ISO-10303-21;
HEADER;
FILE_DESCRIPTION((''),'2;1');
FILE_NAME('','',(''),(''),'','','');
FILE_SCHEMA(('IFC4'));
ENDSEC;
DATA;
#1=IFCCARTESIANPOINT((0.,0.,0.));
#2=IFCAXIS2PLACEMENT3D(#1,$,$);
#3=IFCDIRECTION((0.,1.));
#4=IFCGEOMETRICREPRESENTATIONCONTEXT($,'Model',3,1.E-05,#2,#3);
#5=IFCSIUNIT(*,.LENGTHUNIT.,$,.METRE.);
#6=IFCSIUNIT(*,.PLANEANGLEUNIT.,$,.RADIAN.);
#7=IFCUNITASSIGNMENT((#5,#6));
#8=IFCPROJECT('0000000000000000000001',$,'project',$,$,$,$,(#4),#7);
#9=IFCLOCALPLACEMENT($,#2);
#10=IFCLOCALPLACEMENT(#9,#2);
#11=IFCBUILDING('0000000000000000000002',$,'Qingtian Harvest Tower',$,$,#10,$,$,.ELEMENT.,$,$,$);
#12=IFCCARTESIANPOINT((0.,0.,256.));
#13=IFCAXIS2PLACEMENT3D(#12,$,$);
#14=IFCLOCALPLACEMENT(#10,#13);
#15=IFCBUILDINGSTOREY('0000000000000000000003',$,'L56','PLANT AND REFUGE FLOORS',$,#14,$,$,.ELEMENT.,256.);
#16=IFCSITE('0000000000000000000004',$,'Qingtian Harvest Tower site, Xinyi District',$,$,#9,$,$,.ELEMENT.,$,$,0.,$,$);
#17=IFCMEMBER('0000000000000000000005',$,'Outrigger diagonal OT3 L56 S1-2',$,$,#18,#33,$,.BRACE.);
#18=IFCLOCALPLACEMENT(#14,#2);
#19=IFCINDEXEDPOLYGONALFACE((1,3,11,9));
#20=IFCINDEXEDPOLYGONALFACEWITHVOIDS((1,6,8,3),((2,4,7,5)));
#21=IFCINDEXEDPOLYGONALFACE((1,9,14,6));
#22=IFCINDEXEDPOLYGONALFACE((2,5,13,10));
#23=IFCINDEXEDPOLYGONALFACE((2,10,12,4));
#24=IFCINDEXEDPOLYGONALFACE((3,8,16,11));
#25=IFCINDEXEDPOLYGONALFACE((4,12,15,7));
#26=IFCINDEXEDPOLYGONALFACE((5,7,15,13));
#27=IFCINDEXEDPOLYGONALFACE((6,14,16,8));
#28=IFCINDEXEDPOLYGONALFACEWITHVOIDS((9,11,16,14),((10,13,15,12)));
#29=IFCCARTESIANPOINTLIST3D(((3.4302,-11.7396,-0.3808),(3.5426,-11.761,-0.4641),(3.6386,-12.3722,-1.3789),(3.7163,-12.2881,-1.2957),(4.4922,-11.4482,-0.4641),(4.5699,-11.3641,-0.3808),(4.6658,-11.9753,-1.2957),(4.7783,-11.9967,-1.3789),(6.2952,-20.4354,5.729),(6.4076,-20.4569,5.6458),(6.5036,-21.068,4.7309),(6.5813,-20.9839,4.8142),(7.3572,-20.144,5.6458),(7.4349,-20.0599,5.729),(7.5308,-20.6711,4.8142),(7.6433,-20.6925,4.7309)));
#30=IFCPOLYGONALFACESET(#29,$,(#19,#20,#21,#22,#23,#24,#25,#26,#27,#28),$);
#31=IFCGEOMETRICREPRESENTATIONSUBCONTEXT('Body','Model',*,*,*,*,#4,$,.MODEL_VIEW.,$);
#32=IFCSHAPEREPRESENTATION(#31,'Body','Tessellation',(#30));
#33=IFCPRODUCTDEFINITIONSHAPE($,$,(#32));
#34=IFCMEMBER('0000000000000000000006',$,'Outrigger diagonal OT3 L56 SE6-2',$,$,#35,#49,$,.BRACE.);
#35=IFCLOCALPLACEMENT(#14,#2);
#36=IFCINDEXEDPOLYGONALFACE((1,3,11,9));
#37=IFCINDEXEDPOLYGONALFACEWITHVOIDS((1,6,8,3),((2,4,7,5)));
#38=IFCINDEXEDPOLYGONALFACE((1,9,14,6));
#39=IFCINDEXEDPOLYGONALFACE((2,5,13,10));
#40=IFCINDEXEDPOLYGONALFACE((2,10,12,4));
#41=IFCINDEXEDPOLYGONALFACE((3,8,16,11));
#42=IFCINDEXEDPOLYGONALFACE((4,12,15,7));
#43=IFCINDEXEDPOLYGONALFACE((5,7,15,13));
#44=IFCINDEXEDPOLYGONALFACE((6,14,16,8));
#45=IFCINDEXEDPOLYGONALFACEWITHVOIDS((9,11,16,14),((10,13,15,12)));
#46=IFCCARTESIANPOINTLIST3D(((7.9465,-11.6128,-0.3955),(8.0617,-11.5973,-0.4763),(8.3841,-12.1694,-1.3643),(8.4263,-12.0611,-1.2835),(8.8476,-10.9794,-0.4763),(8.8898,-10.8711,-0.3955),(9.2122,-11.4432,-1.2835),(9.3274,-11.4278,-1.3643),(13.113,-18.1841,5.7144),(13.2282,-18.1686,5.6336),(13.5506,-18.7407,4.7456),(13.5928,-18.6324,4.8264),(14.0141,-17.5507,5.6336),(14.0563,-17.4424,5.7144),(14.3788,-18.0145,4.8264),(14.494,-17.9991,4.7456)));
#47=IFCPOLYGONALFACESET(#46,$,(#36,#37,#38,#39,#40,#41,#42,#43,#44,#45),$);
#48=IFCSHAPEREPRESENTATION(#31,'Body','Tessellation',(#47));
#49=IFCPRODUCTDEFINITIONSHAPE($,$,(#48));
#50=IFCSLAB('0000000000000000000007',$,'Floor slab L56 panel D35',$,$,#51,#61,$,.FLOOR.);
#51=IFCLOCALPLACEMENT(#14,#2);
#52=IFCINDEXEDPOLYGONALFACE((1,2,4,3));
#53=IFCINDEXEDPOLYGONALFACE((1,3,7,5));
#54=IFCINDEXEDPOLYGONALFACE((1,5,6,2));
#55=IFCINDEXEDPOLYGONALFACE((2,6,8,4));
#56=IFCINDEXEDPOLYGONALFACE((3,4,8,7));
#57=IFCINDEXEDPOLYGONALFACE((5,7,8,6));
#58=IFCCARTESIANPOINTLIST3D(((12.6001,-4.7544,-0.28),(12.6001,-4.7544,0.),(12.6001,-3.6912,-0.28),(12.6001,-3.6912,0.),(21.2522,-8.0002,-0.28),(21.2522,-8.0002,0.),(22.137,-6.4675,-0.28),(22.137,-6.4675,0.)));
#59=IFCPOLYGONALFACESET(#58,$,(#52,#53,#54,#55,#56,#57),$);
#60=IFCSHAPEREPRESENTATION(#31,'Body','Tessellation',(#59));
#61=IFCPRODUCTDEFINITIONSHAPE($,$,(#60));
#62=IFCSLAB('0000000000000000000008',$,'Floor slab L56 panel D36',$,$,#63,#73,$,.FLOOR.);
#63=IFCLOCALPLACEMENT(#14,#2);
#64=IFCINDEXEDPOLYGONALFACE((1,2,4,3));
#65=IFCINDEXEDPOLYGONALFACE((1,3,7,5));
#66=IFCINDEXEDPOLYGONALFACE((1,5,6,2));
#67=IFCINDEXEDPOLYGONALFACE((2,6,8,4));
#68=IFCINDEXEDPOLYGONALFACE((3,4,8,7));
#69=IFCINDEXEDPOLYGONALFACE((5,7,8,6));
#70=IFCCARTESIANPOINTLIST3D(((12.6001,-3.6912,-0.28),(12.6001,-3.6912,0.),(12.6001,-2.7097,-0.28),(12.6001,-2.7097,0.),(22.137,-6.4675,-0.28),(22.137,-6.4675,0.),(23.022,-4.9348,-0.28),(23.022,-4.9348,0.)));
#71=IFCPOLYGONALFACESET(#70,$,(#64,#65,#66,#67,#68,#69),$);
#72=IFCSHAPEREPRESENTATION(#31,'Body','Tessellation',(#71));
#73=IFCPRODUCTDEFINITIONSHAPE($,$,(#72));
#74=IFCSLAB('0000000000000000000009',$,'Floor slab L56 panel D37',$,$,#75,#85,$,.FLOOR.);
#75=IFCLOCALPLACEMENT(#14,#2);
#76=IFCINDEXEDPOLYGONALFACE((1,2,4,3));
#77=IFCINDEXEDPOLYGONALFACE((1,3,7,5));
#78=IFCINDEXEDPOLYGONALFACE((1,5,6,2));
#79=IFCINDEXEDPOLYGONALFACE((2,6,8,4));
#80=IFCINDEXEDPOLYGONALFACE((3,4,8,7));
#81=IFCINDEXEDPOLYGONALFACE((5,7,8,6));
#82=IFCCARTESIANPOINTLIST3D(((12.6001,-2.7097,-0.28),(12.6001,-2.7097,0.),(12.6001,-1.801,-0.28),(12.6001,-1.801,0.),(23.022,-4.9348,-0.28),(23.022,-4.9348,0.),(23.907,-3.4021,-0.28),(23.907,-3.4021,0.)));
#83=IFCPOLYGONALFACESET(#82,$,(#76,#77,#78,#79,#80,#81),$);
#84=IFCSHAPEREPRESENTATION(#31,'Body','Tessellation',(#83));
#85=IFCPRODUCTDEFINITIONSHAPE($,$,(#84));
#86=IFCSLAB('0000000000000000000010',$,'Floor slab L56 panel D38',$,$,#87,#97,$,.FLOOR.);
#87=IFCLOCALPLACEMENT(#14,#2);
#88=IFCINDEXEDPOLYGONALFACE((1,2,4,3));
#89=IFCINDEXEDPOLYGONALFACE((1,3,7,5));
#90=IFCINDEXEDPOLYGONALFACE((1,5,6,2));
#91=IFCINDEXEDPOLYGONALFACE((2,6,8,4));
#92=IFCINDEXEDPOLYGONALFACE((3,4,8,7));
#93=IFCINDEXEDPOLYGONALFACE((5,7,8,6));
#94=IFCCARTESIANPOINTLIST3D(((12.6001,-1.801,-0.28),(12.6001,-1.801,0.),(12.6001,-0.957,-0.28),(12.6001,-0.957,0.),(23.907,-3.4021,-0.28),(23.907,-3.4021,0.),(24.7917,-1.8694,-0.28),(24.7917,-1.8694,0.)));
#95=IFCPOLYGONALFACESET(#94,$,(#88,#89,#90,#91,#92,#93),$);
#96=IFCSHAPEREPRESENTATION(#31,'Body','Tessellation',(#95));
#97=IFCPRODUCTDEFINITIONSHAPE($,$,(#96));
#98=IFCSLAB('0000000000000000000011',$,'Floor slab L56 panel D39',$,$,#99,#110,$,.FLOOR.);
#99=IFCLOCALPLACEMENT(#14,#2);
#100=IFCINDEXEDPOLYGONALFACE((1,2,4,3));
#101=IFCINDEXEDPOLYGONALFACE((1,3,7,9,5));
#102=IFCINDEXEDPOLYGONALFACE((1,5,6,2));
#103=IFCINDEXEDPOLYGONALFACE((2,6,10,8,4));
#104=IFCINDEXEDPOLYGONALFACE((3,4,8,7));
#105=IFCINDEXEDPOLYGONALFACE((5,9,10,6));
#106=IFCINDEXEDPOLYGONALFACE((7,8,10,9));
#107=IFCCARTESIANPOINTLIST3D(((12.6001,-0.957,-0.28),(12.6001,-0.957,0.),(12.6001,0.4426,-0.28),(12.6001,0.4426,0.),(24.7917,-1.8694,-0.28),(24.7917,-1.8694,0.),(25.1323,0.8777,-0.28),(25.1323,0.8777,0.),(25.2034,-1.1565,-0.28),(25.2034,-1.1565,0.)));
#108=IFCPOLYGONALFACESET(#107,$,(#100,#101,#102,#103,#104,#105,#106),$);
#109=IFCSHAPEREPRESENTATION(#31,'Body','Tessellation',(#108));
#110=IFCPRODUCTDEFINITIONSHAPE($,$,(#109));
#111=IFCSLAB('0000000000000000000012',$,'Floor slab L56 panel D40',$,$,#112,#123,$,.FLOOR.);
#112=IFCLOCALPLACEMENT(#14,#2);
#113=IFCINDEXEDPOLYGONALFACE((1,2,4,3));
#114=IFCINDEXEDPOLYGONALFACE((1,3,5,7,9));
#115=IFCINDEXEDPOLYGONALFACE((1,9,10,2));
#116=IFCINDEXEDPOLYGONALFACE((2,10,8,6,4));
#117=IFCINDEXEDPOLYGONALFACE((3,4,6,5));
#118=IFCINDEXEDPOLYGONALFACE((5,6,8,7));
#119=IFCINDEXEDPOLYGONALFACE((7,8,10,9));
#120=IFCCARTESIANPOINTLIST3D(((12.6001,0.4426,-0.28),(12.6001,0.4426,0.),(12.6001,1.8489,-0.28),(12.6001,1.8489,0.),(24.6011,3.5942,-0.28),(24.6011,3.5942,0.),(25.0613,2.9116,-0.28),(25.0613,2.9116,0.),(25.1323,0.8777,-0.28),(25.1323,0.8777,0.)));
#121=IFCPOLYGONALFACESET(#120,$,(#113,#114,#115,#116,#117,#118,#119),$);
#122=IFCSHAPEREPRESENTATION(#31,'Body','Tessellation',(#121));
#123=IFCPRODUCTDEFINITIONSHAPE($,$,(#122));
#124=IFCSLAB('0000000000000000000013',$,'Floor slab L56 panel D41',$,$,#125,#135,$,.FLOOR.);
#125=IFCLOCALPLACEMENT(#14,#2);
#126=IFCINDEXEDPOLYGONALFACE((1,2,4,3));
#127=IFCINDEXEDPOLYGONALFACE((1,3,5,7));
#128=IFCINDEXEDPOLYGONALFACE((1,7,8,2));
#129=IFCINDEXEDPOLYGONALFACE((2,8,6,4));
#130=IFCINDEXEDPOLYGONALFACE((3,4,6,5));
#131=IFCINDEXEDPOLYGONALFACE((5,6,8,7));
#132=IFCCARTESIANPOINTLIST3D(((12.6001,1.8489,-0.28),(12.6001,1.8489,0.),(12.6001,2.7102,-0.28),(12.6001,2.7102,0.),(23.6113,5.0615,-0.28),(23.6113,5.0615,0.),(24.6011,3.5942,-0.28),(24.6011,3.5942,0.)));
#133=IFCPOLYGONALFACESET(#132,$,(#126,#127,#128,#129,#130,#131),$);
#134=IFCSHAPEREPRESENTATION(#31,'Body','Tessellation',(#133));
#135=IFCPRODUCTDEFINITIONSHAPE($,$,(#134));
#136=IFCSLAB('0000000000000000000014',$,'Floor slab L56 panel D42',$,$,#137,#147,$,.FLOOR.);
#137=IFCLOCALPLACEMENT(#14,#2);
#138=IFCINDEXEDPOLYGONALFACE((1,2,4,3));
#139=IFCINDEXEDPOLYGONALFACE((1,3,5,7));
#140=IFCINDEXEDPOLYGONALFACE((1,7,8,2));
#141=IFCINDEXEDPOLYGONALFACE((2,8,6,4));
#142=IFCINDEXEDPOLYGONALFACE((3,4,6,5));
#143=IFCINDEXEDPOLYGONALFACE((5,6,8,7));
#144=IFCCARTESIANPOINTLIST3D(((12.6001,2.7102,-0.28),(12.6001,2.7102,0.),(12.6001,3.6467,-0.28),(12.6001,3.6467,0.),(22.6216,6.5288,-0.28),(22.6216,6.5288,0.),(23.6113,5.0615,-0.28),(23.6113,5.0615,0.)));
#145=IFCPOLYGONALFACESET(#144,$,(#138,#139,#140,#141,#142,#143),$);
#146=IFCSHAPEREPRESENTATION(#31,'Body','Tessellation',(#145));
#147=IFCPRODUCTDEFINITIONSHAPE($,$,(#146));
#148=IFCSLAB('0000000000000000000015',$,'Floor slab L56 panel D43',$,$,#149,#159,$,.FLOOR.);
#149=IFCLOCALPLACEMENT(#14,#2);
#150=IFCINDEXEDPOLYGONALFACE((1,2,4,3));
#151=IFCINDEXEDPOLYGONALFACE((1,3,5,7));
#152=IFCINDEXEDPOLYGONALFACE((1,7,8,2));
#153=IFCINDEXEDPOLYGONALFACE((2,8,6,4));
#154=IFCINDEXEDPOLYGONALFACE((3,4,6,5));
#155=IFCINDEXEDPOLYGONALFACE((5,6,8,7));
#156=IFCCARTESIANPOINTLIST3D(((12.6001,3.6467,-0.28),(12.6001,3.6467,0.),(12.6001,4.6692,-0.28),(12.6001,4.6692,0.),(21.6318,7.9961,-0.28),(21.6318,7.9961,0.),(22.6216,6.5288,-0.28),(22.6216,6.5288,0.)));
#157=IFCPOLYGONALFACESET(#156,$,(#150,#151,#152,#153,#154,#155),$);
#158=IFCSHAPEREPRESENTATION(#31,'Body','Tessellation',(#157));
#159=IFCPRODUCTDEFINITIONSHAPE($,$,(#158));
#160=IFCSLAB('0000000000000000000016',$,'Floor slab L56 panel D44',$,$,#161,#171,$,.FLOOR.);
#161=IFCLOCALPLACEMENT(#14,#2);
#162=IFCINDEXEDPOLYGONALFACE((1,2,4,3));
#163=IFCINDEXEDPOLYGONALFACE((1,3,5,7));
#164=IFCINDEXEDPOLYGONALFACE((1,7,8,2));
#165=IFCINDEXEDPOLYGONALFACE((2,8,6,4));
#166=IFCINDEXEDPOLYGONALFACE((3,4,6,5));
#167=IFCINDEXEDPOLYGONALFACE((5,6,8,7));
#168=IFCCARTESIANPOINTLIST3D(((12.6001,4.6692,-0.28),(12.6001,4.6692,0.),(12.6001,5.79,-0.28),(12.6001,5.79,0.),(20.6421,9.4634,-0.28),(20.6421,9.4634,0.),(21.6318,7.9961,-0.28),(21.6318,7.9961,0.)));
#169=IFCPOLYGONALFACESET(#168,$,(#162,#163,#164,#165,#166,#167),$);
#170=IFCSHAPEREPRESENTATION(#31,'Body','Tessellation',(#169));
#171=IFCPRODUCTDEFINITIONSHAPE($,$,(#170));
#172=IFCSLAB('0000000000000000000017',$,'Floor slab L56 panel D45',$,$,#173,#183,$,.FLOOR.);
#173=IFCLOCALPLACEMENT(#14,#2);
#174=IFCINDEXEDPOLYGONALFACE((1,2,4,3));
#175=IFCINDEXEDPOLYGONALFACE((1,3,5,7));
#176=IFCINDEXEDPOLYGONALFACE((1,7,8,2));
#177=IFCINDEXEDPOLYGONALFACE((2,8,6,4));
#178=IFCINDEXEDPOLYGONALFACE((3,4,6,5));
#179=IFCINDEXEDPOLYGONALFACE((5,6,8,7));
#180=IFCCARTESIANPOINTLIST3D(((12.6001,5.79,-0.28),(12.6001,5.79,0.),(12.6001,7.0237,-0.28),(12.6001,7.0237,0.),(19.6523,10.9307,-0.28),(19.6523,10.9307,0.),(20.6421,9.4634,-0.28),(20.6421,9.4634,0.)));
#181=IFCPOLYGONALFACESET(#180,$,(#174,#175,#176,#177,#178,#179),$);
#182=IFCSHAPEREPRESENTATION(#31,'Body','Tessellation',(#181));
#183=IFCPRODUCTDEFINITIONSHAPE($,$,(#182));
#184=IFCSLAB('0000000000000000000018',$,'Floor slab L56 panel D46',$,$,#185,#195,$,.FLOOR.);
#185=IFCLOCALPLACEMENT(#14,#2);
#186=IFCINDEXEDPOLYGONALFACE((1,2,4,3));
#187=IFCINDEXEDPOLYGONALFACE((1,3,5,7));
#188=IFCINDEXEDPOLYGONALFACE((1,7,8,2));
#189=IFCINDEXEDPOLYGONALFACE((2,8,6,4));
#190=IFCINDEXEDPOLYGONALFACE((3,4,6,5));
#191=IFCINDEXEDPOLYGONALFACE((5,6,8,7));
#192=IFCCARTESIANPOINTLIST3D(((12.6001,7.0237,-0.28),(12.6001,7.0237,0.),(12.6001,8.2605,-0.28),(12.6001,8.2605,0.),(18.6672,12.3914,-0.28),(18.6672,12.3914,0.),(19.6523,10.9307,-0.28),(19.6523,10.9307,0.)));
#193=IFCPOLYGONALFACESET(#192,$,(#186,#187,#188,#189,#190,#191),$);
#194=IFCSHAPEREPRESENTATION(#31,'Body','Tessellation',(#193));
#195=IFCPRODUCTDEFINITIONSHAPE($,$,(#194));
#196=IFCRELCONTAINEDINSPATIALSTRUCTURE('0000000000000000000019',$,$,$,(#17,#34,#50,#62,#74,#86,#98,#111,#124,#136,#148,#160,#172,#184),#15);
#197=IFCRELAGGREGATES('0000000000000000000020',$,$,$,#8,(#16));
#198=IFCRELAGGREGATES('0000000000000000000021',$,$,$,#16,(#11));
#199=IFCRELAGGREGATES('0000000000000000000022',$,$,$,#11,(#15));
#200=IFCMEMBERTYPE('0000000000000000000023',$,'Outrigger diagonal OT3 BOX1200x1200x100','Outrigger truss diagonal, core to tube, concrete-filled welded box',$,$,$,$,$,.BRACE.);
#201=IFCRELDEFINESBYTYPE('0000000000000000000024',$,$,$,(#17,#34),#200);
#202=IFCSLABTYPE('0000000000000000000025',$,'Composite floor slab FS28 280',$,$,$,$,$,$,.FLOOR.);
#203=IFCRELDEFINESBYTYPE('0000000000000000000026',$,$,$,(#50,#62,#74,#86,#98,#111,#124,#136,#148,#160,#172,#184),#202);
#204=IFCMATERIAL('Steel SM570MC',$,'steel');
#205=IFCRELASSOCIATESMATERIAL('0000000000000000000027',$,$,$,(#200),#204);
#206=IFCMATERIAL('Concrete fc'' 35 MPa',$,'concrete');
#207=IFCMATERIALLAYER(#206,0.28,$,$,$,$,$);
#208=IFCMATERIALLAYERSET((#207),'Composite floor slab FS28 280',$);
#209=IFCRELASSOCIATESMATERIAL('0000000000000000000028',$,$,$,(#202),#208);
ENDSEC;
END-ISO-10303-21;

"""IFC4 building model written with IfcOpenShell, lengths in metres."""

from ifc_helpers import new_model, si_unit, direction, frame, origin, origin_2d, place, context, subcontext, project, spatial, polyline, hollow_rectangle, outline, extrude, material, layer, layer_set, material_profile, profile_set, type_object, element, save


model = new_model("IFC4")

# Units and contexts
model_context = context("Model", 3, precision=1e-05, world=origin(), true_north=direction((0.0, 1.0)))
body_context = subcontext(model_context, "Body", "Model", "MODEL_VIEW")
ifc_project = project(units=[si_unit("LENGTHUNIT", "METRE"), si_unit("PLANEANGLEUNIT", "RADIAN")], contexts=[model_context])

# Site, building, storey
site_placement = place(None, origin())
site = spatial("IfcSite", under=ifc_project, at=site_placement, Name="Qingtian Harvest Tower site, Xinyi District", CompositionType="ELEMENT", RefElevation=0.0)
building_placement = place(site_placement, origin())
building = spatial("IfcBuilding", under=site, at=building_placement, Name="Qingtian Harvest Tower", CompositionType="ELEMENT")
storey_placement = place(building_placement, frame((0.0, 0.0, 256.0)))
storey = spatial("IfcBuildingStorey", under=building, at=storey_placement, Name="L56", Description="PLANT AND REFUGE FLOORS", CompositionType="ELEMENT", Elevation=256.0)

# Members
ifc_material_1 = material(Name="Steel SM570MC", Category="steel")
ifc_material_profile = material_profile(ifc_material_1, hollow_rectangle(XDim=1.2, YDim=1.2, WallThickness=0.1001, at=origin_2d()), Name="BOX1200x1200x100")
ifc_profile_set = profile_set([ifc_material_profile], Name="Steel SM570MC")
member_type = type_object("IfcMemberType", Name="Outrigger diagonal OT3 BOX1200x1200x100", Description="Outrigger truss diagonal, core to tube, concrete-filled welded box", PredefinedType="BRACE", material=ifc_profile_set)
member_1_placement = place(storey_placement, frame((4.1042, -11.8682, -0.8799), z_axis=(0.260286, -0.79002, 0.555085), x_axis=(0.949779, 0.312922, 0.0)))
element("IfcMember", 1, at=member_1_placement, inside=storey, type_object=member_type, Name="Outrigger diagonal OT3 L56 S1-2", PredefinedType="BRACE", context=body_context, shape_type="SweptSolid", body=[
    extrude(hollow_rectangle(XDim=1.2, YDim=1.2, WallThickness=0.1001, at=origin_2d()), origin(), (0.0, 0.0, 1.0), 11.0071),
])
member_2_placement = place(storey_placement, frame((8.637, -11.5203, -0.8799), z_axis=(0.498987, -0.634663, 0.590098), x_axis=(0.786124, 0.618069, 0.0)))
element("IfcMember", 2, at=member_2_placement, inside=storey, type_object=member_type, Name="Outrigger diagonal OT3 L56 SE6-2", PredefinedType="BRACE", context=body_context, shape_type="SweptSolid", body=[
    extrude(hollow_rectangle(XDim=1.2, YDim=1.2, WallThickness=0.1001, at=origin_2d()), origin(), (0.0, 0.0, 1.0), 10.354),
])

# Slabs
ifc_material_2 = material(Name="Concrete fc' 35 MPa", Category="concrete")
ifc_layer_1 = layer(ifc_material_2, 0.28)
ifc_layer_set_1 = layer_set([ifc_layer_1], Name="Composite floor slab FS28 280")
slab_type = type_object("IfcSlabType", Name="Composite floor slab FS28 280", PredefinedType="FLOOR", material=ifc_layer_set_1)
slab_1_placement = place(storey_placement, frame((0.0, 0.0, -0.28)))
element("IfcSlab", 3, at=slab_1_placement, inside=storey, type_object=slab_type, Name="Floor slab L56 panel D35", PredefinedType="FLOOR", context=body_context, shape_type="SweptSolid", body=[
    extrude(outline(polyline([(12.6001, -3.6912), (22.137, -6.4675), (21.2522, -8.0002), (12.6001, -4.7544), (12.6001, -3.6912)])), origin(), (0.0, 0.0, 1.0), 0.28),
])
slab_2_placement = place(storey_placement, frame((0.0, 0.0, -0.28)))
element("IfcSlab", 4, at=slab_2_placement, inside=storey, type_object=slab_type, Name="Floor slab L56 panel D36", PredefinedType="FLOOR", context=body_context, shape_type="SweptSolid", body=[
    extrude(outline(polyline([(12.6001, -2.7097), (23.022, -4.9348), (22.137, -6.4675), (12.6001, -3.6912), (12.6001, -2.7097)])), origin(), (0.0, 0.0, 1.0), 0.28),
])
slab_3_placement = place(storey_placement, frame((0.0, 0.0, -0.28)))
element("IfcSlab", 5, at=slab_3_placement, inside=storey, type_object=slab_type, Name="Floor slab L56 panel D37", PredefinedType="FLOOR", context=body_context, shape_type="SweptSolid", body=[
    extrude(outline(polyline([(12.6001, -1.801), (23.907, -3.4021), (23.022, -4.9348), (12.6001, -2.7097), (12.6001, -1.801)])), origin(), (0.0, 0.0, 1.0), 0.28),
])
slab_4_placement = place(storey_placement, frame((0.0, 0.0, -0.28)))
element("IfcSlab", 6, at=slab_4_placement, inside=storey, type_object=slab_type, Name="Floor slab L56 panel D38", PredefinedType="FLOOR", context=body_context, shape_type="SweptSolid", body=[
    extrude(outline(polyline([(12.6001, -0.957), (24.7917, -1.8694), (23.907, -3.4021), (12.6001, -1.801), (12.6001, -0.957)])), origin(), (0.0, 0.0, 1.0), 0.28),
])
slab_5_placement = place(storey_placement, frame((0.0, 0.0, -0.28)))
element("IfcSlab", 7, at=slab_5_placement, inside=storey, type_object=slab_type, Name="Floor slab L56 panel D39", PredefinedType="FLOOR", context=body_context, shape_type="SweptSolid", body=[
    extrude(outline(polyline([(12.6001, -0.957), (12.6001, 0.4426), (25.1323, 0.8777), (25.2034, -1.1565), (24.7917, -1.8694), (12.6001, -0.957)])), origin(), (0.0, 0.0, 1.0), 0.28),
])
slab_6_placement = place(storey_placement, frame((0.0, 0.0, -0.28)))
element("IfcSlab", 8, at=slab_6_placement, inside=storey, type_object=slab_type, Name="Floor slab L56 panel D40", PredefinedType="FLOOR", context=body_context, shape_type="SweptSolid", body=[
    extrude(outline(polyline([(12.6001, 0.4426), (12.6001, 1.8489), (24.6011, 3.5942), (25.0613, 2.9116), (25.1323, 0.8777), (12.6001, 0.4426)])), origin(), (0.0, 0.0, 1.0), 0.28),
])
slab_7_placement = place(storey_placement, frame((0.0, 0.0, -0.28)))
element("IfcSlab", 9, at=slab_7_placement, inside=storey, type_object=slab_type, Name="Floor slab L56 panel D41", PredefinedType="FLOOR", context=body_context, shape_type="SweptSolid", body=[
    extrude(outline(polyline([(12.6001, 2.7102), (23.6113, 5.0615), (24.6011, 3.5942), (12.6001, 1.8489), (12.6001, 2.7102)])), origin(), (0.0, 0.0, 1.0), 0.28),
])
slab_8_placement = place(storey_placement, frame((0.0, 0.0, -0.28)))
element("IfcSlab", 10, at=slab_8_placement, inside=storey, type_object=slab_type, Name="Floor slab L56 panel D42", PredefinedType="FLOOR", context=body_context, shape_type="SweptSolid", body=[
    extrude(outline(polyline([(12.6001, 3.6467), (22.6216, 6.5288), (23.6113, 5.0615), (12.6001, 2.7102), (12.6001, 3.6467)])), origin(), (0.0, 0.0, 1.0), 0.28),
])
slab_9_placement = place(storey_placement, frame((0.0, 0.0, -0.28)))
element("IfcSlab", 11, at=slab_9_placement, inside=storey, type_object=slab_type, Name="Floor slab L56 panel D43", PredefinedType="FLOOR", context=body_context, shape_type="SweptSolid", body=[
    extrude(outline(polyline([(12.6001, 4.6692), (21.6318, 7.9961), (22.6216, 6.5288), (12.6001, 3.6467), (12.6001, 4.6692)])), origin(), (0.0, 0.0, 1.0), 0.28),
])
slab_10_placement = place(storey_placement, frame((0.0, 0.0, -0.28)))
element("IfcSlab", 12, at=slab_10_placement, inside=storey, type_object=slab_type, Name="Floor slab L56 panel D44", PredefinedType="FLOOR", context=body_context, shape_type="SweptSolid", body=[
    extrude(outline(polyline([(12.6001, 5.79), (20.6421, 9.4634), (21.6318, 7.9961), (12.6001, 4.6692), (12.6001, 5.79)])), origin(), (0.0, 0.0, 1.0), 0.28),
])
slab_11_placement = place(storey_placement, frame((0.0, 0.0, -0.28)))
element("IfcSlab", 13, at=slab_11_placement, inside=storey, type_object=slab_type, Name="Floor slab L56 panel D45", PredefinedType="FLOOR", context=body_context, shape_type="SweptSolid", body=[
    extrude(outline(polyline([(12.6001, 7.0237), (19.6523, 10.9307), (20.6421, 9.4634), (12.6001, 5.79), (12.6001, 7.0237)])), origin(), (0.0, 0.0, 1.0), 0.28),
])
slab_12_placement = place(storey_placement, frame((0.0, 0.0, -0.28)))
element("IfcSlab", 14, at=slab_12_placement, inside=storey, type_object=slab_type, Name="Floor slab L56 panel D46", PredefinedType="FLOOR", context=body_context, shape_type="SweptSolid", body=[
    extrude(outline(polyline([(12.6001, 8.2605), (18.6672, 12.3914), (19.6523, 10.9307), (12.6001, 7.0237), (12.6001, 8.2605)])), origin(), (0.0, 0.0, 1.0), 0.28),
])

save(model, "model.ifc")
